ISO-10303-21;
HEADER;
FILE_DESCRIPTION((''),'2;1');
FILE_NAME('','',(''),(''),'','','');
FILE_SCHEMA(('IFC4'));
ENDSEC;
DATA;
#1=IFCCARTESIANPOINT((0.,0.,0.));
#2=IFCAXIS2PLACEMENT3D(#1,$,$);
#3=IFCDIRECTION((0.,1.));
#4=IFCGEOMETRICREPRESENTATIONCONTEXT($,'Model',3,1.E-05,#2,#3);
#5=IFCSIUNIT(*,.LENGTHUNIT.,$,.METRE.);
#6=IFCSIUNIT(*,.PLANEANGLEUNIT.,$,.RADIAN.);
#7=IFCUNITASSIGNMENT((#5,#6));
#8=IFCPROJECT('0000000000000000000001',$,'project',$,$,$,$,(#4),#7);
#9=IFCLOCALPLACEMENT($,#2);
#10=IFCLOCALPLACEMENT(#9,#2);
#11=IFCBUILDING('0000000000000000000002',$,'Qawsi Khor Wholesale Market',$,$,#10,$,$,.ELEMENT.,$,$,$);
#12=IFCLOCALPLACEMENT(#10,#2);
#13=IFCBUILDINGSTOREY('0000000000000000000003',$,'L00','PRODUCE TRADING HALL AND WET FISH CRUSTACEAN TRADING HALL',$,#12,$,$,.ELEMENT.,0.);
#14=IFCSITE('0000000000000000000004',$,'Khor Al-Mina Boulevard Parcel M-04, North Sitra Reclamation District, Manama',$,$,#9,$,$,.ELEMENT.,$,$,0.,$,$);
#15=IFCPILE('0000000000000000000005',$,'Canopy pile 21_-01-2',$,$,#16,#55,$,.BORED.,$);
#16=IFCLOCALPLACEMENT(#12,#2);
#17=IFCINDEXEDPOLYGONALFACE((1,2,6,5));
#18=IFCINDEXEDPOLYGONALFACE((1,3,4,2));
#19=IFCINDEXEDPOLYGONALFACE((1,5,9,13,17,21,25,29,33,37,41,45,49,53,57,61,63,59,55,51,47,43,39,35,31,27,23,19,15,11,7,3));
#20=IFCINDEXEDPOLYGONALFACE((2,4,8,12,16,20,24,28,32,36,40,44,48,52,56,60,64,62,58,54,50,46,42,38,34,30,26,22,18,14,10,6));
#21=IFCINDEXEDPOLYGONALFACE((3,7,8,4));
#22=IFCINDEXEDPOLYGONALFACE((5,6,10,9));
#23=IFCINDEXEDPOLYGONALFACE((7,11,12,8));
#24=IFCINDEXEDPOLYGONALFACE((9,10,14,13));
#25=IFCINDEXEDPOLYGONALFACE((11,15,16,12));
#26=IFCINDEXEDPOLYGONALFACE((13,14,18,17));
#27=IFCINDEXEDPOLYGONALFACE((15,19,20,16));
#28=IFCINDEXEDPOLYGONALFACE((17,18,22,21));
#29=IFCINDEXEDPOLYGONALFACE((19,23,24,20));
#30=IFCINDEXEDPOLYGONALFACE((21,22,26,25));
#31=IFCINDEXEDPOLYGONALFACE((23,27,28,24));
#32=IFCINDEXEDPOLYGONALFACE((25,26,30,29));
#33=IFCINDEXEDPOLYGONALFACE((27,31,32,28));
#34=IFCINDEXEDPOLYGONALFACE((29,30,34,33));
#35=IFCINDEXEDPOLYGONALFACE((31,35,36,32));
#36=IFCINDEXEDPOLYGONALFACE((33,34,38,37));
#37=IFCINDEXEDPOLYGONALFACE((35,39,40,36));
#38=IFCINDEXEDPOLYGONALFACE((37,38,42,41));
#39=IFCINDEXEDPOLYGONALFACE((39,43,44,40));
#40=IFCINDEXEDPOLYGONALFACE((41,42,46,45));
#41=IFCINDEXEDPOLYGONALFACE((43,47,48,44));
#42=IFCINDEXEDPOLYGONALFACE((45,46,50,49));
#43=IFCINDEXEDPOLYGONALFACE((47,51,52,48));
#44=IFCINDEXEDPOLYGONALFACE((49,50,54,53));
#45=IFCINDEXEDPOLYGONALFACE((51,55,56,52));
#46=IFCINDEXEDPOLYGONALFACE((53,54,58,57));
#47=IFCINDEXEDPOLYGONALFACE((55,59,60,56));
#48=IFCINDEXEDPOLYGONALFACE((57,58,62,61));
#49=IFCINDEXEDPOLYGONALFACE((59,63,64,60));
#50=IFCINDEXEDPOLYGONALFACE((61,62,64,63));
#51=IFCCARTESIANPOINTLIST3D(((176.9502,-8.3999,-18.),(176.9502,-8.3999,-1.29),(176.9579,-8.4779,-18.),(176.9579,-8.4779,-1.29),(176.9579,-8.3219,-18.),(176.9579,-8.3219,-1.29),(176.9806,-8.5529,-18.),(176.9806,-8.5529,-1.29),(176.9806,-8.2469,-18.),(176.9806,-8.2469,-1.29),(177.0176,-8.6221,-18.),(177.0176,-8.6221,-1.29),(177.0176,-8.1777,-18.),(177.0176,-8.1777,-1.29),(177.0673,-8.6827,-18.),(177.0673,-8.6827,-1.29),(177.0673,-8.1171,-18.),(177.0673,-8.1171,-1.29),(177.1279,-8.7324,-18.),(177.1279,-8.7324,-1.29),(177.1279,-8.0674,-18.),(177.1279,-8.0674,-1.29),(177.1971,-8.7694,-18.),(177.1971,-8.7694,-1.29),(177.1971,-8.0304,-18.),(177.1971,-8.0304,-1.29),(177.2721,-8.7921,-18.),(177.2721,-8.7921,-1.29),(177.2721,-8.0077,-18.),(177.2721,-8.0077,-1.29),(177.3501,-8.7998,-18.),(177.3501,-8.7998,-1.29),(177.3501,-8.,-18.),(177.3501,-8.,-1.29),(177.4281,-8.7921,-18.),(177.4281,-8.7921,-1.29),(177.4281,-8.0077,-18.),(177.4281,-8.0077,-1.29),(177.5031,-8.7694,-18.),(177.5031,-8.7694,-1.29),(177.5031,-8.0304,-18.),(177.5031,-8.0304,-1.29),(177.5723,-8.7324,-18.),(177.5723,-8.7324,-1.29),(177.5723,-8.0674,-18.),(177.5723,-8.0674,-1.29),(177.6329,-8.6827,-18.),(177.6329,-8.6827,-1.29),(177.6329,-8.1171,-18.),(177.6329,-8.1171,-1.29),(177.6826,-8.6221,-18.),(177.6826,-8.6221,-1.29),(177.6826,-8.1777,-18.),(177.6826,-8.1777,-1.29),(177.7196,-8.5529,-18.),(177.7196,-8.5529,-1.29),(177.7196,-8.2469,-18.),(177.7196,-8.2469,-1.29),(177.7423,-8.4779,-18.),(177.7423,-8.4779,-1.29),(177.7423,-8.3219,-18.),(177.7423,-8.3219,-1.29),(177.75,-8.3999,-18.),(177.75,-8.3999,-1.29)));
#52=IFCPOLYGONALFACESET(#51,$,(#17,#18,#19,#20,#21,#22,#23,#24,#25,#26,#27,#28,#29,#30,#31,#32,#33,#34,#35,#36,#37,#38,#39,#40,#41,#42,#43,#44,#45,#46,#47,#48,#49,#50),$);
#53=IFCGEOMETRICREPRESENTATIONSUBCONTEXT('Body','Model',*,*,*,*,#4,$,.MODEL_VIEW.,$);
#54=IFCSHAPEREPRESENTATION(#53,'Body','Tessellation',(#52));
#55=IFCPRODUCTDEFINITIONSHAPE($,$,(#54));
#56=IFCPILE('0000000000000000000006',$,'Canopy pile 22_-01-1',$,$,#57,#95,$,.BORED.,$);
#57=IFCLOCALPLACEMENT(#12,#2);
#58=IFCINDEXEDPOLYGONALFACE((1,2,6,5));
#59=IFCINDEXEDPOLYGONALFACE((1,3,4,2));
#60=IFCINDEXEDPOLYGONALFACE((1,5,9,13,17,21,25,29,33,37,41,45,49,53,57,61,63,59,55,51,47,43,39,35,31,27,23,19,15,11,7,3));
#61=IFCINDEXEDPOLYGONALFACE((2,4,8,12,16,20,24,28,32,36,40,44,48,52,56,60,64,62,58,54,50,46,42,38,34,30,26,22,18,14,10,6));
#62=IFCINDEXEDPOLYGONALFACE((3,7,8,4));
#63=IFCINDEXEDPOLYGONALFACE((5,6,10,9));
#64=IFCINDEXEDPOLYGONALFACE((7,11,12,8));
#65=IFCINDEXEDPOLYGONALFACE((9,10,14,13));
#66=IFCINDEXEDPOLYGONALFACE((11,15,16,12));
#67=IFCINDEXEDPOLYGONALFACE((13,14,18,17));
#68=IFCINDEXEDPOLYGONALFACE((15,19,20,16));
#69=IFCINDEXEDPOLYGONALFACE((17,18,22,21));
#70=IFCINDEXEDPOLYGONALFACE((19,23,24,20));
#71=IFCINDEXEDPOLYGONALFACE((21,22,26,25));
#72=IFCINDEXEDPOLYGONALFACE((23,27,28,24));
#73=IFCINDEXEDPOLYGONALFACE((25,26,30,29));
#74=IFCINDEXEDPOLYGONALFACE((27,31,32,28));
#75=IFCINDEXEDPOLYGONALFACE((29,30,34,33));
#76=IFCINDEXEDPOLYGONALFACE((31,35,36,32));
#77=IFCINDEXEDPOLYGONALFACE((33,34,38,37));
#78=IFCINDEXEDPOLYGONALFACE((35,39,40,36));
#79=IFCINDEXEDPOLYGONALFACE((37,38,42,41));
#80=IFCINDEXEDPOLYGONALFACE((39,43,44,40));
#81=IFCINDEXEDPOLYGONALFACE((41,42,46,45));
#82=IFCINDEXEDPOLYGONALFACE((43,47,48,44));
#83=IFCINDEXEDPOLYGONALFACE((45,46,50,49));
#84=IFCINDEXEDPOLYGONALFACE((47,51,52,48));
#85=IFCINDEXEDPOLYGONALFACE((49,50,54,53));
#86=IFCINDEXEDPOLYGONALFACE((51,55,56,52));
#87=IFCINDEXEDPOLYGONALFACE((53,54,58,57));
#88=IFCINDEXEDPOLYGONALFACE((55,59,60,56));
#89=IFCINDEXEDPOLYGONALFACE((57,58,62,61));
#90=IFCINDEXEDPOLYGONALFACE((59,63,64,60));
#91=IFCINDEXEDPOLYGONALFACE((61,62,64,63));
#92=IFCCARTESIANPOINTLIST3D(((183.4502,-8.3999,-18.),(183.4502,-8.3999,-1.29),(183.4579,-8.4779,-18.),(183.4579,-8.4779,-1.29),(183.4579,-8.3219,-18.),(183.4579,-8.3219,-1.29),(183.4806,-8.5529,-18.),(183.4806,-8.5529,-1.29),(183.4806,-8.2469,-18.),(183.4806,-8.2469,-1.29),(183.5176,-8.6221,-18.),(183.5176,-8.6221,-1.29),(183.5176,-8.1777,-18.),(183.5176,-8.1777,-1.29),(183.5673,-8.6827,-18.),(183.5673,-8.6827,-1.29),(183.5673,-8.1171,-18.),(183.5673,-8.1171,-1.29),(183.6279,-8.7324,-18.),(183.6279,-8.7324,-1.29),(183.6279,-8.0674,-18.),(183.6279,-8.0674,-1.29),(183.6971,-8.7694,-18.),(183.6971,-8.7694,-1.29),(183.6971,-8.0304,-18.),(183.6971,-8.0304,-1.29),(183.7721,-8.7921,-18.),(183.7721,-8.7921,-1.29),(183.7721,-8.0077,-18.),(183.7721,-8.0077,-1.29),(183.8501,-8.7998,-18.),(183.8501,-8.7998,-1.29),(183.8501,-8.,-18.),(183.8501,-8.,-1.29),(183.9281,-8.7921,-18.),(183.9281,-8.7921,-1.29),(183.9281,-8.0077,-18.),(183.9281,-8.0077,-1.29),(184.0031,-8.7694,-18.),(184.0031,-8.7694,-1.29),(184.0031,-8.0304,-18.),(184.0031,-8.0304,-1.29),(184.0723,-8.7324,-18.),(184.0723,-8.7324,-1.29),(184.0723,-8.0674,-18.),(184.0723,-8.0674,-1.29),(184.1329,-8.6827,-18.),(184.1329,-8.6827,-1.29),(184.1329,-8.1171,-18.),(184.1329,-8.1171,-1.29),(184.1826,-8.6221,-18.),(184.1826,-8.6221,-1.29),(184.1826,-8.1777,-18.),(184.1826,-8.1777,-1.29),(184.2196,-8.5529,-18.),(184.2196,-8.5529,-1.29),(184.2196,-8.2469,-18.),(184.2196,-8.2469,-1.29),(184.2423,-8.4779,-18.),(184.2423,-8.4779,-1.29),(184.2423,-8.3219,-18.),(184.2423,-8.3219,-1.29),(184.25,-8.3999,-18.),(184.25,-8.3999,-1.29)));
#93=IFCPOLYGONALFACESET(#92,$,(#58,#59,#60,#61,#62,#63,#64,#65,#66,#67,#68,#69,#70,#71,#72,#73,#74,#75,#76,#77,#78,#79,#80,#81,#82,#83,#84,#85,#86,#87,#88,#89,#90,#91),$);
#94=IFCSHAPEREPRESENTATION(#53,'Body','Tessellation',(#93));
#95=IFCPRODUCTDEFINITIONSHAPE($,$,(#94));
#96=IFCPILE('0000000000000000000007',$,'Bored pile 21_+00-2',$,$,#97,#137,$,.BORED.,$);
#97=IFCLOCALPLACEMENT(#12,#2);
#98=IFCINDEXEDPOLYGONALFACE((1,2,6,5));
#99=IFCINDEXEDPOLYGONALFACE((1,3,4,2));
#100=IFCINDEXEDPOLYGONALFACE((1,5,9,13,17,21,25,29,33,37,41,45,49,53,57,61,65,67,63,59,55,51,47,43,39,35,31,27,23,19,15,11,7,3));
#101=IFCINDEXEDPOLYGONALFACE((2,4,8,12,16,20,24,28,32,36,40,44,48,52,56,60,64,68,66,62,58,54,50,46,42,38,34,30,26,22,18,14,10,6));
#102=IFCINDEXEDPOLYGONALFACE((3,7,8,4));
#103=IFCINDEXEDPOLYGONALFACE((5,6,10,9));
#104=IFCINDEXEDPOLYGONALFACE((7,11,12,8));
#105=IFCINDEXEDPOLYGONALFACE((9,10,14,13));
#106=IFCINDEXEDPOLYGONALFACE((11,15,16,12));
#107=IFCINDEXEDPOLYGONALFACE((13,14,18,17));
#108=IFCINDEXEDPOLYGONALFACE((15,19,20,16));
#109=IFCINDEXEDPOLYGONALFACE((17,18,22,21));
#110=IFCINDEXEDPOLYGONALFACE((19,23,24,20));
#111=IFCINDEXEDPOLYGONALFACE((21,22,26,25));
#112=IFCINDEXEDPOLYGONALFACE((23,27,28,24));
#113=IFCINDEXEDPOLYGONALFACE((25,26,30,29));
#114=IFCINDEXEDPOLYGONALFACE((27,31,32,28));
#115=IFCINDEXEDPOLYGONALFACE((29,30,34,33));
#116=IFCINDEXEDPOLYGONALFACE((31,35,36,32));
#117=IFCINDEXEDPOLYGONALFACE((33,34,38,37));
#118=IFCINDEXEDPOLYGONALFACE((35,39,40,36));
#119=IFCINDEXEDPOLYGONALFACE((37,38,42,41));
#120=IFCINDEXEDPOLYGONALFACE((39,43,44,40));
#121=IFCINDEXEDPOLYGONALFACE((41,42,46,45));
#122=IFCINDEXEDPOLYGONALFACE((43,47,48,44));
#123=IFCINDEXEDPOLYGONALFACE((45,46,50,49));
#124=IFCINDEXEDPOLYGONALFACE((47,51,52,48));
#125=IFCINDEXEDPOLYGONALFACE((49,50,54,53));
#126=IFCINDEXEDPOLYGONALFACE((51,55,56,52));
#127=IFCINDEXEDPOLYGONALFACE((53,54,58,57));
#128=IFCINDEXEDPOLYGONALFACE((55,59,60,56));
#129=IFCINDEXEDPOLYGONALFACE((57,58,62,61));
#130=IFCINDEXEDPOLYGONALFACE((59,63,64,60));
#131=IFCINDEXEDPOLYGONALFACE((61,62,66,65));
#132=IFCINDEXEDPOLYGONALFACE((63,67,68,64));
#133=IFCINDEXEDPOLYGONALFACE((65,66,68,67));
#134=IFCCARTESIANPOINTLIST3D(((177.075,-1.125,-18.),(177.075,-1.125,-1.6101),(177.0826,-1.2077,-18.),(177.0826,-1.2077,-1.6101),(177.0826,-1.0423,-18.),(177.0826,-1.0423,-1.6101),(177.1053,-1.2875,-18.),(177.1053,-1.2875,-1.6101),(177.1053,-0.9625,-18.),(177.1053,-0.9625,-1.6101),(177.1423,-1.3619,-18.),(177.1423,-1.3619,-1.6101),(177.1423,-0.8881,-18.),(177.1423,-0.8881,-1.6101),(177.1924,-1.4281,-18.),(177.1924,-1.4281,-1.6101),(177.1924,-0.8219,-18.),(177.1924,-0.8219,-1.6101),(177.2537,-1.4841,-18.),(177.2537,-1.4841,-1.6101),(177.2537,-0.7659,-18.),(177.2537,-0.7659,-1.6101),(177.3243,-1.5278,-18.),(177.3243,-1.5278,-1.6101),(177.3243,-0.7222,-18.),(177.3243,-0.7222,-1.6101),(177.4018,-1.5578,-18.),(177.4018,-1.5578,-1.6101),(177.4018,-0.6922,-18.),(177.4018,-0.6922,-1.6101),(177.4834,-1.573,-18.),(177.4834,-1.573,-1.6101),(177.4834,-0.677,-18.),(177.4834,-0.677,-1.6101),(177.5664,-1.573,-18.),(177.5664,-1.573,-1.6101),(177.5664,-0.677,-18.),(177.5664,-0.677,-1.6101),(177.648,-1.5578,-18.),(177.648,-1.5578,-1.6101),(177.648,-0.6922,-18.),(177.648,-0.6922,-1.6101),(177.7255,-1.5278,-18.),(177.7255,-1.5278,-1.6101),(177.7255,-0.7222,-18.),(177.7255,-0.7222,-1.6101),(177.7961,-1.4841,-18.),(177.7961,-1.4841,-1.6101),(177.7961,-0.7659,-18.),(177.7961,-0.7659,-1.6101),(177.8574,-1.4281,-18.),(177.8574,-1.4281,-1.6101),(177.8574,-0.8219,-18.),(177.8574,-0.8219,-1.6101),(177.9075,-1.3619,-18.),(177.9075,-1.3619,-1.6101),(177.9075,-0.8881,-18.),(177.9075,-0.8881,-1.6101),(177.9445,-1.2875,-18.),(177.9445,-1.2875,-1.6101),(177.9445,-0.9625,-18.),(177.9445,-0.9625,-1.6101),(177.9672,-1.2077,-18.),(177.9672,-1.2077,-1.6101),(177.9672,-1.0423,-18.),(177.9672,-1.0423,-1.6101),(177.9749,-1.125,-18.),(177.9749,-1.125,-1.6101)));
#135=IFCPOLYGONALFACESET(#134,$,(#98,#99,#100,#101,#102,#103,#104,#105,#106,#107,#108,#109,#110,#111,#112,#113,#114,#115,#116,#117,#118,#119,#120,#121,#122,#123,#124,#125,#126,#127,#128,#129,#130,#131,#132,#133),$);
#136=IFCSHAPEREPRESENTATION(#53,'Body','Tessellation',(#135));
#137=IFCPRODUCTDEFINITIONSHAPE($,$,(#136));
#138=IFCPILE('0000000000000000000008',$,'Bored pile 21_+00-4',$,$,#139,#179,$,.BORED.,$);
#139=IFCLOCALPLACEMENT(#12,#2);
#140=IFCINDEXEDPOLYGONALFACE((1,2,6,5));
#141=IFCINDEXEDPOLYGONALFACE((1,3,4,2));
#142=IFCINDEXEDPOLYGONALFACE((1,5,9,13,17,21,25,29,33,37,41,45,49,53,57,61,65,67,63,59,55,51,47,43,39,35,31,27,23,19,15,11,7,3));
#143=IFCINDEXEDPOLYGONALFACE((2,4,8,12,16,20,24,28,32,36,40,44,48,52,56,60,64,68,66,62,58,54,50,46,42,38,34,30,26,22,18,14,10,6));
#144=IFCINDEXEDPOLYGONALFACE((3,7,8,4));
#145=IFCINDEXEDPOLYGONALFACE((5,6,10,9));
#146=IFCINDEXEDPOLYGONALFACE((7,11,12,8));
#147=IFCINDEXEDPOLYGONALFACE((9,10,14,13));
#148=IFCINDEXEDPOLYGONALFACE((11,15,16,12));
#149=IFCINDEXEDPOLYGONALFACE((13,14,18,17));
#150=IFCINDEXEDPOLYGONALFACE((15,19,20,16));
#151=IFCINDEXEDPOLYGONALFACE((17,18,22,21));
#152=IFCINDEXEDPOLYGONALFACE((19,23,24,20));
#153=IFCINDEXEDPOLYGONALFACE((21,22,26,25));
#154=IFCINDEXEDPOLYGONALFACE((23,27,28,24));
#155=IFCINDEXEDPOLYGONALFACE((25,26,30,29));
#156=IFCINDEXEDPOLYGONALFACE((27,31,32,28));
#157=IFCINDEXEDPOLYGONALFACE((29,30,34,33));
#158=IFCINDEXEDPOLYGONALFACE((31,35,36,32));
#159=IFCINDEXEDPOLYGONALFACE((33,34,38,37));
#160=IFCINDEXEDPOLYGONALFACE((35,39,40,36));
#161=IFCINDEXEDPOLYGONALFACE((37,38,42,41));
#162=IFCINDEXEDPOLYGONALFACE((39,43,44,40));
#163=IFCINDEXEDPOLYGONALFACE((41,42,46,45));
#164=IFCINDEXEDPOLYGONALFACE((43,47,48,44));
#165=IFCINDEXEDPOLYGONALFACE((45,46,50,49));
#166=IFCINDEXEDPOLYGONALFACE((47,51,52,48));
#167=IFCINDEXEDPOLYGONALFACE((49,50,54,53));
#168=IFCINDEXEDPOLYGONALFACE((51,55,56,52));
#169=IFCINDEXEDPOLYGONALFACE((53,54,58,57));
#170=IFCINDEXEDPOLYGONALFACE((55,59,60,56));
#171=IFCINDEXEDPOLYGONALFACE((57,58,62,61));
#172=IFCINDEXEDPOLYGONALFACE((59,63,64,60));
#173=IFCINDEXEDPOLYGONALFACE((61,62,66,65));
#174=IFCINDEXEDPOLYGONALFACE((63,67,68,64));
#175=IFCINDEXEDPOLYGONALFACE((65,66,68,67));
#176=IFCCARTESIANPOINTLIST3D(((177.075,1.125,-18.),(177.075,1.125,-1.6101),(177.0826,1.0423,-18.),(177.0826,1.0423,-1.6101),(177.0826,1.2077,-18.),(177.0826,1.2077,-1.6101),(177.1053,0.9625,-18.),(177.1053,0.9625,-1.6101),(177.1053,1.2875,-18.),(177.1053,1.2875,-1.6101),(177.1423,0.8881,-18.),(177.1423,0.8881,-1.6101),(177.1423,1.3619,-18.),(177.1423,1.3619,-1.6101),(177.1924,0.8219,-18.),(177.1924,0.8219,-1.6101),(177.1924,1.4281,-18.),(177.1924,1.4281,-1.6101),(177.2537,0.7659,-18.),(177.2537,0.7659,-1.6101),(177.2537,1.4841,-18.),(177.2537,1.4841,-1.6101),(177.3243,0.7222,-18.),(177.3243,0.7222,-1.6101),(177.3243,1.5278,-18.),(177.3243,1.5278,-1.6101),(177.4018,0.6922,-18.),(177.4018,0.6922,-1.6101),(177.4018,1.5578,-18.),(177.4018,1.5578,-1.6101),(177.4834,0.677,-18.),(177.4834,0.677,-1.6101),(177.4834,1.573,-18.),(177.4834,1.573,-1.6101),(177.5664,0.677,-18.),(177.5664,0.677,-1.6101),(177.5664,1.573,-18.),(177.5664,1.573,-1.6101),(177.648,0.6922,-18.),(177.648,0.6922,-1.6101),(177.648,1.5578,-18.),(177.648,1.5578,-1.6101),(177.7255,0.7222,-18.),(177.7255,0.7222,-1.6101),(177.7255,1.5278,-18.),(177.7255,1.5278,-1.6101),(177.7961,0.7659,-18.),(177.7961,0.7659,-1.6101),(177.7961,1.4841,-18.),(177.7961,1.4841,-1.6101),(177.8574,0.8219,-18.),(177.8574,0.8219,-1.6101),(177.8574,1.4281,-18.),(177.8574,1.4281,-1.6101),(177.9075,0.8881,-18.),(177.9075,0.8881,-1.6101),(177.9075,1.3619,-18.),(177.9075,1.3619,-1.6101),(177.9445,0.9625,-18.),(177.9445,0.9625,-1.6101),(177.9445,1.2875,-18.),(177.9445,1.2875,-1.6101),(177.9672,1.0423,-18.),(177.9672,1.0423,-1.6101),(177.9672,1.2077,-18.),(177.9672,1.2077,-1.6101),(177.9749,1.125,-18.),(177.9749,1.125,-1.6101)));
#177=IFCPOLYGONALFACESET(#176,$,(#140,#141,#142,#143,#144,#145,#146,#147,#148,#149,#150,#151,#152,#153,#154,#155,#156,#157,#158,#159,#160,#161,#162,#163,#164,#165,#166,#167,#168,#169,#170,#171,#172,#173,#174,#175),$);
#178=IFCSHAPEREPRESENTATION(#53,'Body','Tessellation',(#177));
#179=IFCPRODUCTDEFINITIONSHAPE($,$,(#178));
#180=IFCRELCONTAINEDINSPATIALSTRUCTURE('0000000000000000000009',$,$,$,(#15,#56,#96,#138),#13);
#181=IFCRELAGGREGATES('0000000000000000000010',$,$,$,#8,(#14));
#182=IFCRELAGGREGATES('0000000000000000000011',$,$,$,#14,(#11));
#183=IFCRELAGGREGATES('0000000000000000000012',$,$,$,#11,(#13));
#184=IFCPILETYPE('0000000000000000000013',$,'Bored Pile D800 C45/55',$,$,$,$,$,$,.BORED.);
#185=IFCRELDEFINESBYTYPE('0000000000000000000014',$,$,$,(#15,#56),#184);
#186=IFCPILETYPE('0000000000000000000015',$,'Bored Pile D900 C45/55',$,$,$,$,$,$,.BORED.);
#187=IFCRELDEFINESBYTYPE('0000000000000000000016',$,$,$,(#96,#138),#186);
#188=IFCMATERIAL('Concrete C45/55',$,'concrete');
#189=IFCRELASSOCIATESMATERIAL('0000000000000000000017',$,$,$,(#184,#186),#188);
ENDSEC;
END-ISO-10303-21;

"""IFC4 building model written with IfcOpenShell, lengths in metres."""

from ifc_helpers import new_model, si_unit, direction, frame, origin, origin_2d, place, context, subcontext, project, spatial, circle, extrude, material, material_profile, profile_set, type_object, element, save


model = new_model("IFC4")

# Units and contexts
model_context = context("Model", 3, precision=1e-05, world=origin(), true_north=direction((0.0, 1.0)))
body_context = subcontext(model_context, "Body", "Model", "MODEL_VIEW")
ifc_project = project(units=[si_unit("LENGTHUNIT", "METRE"), si_unit("PLANEANGLEUNIT", "RADIAN")], contexts=[model_context])

# Site, building, storey
site_placement = place(None, origin())
site = spatial("IfcSite", under=ifc_project, at=site_placement, Name="Khor Al-Mina Boulevard Parcel M-04, North Sitra Reclamation District, Manama", CompositionType="ELEMENT", RefElevation=0.0)
building_placement = place(site_placement, origin())
building = spatial("IfcBuilding", under=site, at=building_placement, Name="Qawsi Khor Wholesale Market", CompositionType="ELEMENT")
storey_placement = place(building_placement, origin())
storey = spatial("IfcBuildingStorey", under=building, at=storey_placement, Name="L00", Description="PRODUCE TRADING HALL AND WET FISH CRUSTACEAN TRADING HALL", CompositionType="ELEMENT", Elevation=0.0)

# Piles
ifc_material_1 = material(Name="Concrete C45/55", Category="concrete")
ifc_material_profile_1 = material_profile(ifc_material_1, circle(Radius=0.3999, at=origin_2d()), Name="PILE D800")
ifc_profile_set_1 = profile_set([ifc_material_profile_1], Name="Concrete C45/55")
pile_type_1 = type_object("IfcPileType", Name="Bored Pile D800 C45/55", PredefinedType="BORED", material=ifc_profile_set_1)
for number, where, z_axis, x_axis, name in (
    (1, (177.3501, -8.3999, -1.29), (0.0, 0.0, -1.0), (1.0, 0.0, 0.0), "Canopy pile 21_-01-2"),
    (2, (183.8501, -8.3999, -1.29), (0.0, 0.0, -1.0), (1.0, 0.0, 0.0), "Canopy pile 22_-01-1"),
):
    element("IfcPile", number, at=place(storey_placement, frame(where, z_axis=z_axis, x_axis=x_axis)), inside=storey, type_object=pile_type_1, Name=name, PredefinedType="BORED", context=body_context, shape_type="SweptSolid", body=[
        extrude(circle(Radius=0.3999, at=origin_2d()), origin(), (0.0, 0.0, 1.0), 16.71),
    ])
ifc_material_profile_2 = material_profile(ifc_material_1, circle(Radius=0.45, at=origin_2d()), Name="PILE D900")
ifc_profile_set_2 = profile_set([ifc_material_profile_2], Name="Concrete C45/55")
pile_type_2 = type_object("IfcPileType", Name="Bored Pile D900 C45/55", PredefinedType="BORED", material=ifc_profile_set_2)
for number, where, z_axis, x_axis, name in (
    (3, (177.5249, -1.125, -1.6101), (0.0, 0.0, -1.0), (1.0, 0.0, 0.0), "Bored pile 21_+00-2"),
    (4, (177.5249, 1.125, -1.6101), (0.0, 0.0, -1.0), (1.0, 0.0, 0.0), "Bored pile 21_+00-4"),
):
    element("IfcPile", number, at=place(storey_placement, frame(where, z_axis=z_axis, x_axis=x_axis)), inside=storey, type_object=pile_type_2, Name=name, PredefinedType="BORED", context=body_context, shape_type="SweptSolid", body=[
        extrude(circle(Radius=0.45, at=origin_2d()), origin(), (0.0, 0.0, 1.0), 16.3899),
    ])

save(model, "model.ifc")
